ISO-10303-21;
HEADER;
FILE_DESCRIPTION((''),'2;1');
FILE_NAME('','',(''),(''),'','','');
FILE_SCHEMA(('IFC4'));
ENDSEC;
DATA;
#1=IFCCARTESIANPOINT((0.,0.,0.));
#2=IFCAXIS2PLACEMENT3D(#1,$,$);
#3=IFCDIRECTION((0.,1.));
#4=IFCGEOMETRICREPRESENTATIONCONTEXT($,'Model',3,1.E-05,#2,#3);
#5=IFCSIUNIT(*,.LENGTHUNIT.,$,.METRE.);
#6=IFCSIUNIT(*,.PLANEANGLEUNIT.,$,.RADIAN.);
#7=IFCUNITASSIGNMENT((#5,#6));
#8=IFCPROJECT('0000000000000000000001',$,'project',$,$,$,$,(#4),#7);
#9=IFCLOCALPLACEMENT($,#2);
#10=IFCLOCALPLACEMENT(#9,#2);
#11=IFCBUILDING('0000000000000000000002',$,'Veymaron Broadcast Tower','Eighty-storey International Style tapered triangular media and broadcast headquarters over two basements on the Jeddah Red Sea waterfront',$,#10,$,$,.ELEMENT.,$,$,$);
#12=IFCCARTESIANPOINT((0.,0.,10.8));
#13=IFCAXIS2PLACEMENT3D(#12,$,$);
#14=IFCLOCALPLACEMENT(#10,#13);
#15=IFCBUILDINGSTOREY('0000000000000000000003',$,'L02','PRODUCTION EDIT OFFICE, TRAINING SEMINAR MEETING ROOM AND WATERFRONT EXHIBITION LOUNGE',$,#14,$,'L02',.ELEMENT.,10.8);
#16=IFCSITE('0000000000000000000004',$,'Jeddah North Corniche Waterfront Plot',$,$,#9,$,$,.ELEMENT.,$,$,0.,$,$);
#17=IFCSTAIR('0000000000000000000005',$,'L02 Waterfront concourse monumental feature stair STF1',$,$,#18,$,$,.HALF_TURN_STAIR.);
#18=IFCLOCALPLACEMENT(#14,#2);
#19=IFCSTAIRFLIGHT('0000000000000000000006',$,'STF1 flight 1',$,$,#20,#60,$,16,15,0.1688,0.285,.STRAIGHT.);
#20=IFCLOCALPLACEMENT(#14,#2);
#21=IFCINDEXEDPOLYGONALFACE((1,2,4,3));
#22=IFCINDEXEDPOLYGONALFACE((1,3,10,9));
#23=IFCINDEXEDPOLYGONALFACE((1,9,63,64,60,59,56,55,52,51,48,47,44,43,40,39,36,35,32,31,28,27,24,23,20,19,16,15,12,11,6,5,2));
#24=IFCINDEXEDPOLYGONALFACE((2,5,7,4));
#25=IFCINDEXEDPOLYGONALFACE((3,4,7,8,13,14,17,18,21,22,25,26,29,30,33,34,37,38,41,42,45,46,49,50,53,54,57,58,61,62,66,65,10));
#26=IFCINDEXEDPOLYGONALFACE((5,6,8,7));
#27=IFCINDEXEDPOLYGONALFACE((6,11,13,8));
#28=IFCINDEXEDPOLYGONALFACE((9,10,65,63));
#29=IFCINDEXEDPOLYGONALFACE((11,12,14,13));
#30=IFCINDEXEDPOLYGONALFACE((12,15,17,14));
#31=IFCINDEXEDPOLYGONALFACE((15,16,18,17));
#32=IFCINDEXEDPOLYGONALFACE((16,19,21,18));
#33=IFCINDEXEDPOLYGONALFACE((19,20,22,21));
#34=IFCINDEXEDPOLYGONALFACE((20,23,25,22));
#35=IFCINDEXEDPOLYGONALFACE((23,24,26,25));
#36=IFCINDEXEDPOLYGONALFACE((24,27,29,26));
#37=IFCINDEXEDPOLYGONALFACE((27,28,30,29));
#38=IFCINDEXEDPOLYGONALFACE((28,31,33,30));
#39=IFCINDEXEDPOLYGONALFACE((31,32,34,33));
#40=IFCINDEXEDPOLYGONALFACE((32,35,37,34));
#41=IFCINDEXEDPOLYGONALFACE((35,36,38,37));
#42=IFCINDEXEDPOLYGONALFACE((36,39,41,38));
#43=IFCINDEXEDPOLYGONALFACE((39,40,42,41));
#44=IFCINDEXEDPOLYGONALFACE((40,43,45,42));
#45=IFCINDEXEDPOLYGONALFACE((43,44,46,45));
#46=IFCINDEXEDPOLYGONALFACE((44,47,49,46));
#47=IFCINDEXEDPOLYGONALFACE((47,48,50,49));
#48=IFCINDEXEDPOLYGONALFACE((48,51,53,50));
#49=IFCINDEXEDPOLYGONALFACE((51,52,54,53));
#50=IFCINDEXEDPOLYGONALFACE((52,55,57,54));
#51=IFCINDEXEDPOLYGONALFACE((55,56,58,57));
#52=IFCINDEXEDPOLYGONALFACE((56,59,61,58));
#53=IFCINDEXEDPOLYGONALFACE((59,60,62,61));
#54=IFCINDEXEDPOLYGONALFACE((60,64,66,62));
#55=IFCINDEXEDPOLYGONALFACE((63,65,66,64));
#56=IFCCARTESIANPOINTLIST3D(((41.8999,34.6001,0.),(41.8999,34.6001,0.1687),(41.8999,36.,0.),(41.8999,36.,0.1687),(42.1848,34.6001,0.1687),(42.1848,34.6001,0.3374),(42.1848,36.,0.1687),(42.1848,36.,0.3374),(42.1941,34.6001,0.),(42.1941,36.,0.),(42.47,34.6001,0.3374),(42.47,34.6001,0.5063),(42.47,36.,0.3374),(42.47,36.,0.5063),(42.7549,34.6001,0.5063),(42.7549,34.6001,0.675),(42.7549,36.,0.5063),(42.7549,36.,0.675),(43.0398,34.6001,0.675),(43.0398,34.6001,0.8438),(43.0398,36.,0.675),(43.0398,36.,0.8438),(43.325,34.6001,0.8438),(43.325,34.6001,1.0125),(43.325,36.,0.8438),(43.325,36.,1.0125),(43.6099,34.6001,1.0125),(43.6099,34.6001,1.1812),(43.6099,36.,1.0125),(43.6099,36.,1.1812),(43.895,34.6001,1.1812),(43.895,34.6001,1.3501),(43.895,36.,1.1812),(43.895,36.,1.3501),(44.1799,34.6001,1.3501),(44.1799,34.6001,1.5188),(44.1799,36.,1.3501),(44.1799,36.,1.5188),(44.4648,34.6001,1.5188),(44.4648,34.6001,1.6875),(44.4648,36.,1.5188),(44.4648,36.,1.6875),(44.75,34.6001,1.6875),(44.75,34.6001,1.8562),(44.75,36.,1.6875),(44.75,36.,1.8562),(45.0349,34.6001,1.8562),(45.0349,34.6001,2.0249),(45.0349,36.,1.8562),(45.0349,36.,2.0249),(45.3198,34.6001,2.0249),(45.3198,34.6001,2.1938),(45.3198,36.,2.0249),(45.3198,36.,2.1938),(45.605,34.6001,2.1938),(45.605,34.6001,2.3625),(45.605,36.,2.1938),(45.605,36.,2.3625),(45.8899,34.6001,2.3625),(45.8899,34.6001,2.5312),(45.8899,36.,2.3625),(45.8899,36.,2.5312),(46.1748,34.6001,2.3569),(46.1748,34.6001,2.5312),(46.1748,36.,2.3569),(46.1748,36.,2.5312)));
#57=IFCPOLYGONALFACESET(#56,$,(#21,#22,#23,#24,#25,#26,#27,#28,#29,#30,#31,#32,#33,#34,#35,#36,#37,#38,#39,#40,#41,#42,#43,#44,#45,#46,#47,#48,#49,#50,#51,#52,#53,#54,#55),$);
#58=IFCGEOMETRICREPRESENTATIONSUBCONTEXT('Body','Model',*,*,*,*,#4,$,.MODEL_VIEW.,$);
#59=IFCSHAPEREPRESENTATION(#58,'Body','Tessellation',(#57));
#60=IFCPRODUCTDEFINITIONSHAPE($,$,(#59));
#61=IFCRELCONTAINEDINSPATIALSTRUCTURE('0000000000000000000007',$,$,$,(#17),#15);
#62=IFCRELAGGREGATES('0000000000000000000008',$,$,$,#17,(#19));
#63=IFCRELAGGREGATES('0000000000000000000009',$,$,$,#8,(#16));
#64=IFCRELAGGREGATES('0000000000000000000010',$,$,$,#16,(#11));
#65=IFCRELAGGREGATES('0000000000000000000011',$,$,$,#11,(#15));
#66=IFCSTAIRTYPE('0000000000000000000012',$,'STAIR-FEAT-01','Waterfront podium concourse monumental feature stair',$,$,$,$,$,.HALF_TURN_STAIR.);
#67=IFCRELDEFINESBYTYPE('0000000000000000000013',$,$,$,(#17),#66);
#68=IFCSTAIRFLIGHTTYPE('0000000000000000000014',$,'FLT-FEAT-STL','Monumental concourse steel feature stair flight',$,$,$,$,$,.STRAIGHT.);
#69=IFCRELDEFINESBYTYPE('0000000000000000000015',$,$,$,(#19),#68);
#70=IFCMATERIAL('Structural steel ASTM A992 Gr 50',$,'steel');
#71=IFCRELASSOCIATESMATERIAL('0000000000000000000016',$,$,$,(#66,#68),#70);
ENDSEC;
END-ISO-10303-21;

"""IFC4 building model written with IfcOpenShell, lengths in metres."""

from ifc_helpers import new_model, si_unit, direction, frame, origin, place, context, subcontext, project, spatial, polyline, outline, extrude, material, type_object, element, aggregate, save


model = new_model("IFC4")

# Units and contexts
model_context = context("Model", 3, precision=1e-05, world=origin(), true_north=direction((0.0, 1.0)))
body_context = subcontext(model_context, "Body", "Model", "MODEL_VIEW")
ifc_project = project(units=[si_unit("LENGTHUNIT", "METRE"), si_unit("PLANEANGLEUNIT", "RADIAN")], contexts=[model_context])

# Site, building, storey
site_placement = place(None, origin())
site = spatial("IfcSite", under=ifc_project, at=site_placement, Name="Jeddah North Corniche Waterfront Plot", CompositionType="ELEMENT", RefElevation=0.0)
building_placement = place(site_placement, origin())
building = spatial("IfcBuilding", under=site, at=building_placement, Name="Veymaron Broadcast Tower", Description="Eighty-storey International Style tapered triangular media and broadcast headquarters over two basements on the Jeddah Red Sea waterfront", CompositionType="ELEMENT")
storey_placement = place(building_placement, frame((0.0, 0.0, 10.8)))
storey = spatial("IfcBuildingStorey", under=building, at=storey_placement, Name="L02", Description="PRODUCTION EDIT OFFICE, TRAINING SEMINAR MEETING ROOM AND WATERFRONT EXHIBITION LOUNGE", LongName="L02", CompositionType="ELEMENT", Elevation=10.8)

# Shared definitions
ifc_material_1 = material(Name="Structural steel ASTM A992 Gr 50", Category="steel")

# Stair, stair flight
stair_type_1 = type_object("IfcStairType", Name="STAIR-FEAT-01", Description="Waterfront podium concourse monumental feature stair", PredefinedType="HALF_TURN_STAIR", material=ifc_material_1)
stair_1_placement = place(storey_placement, origin())
stair_1 = element("IfcStair", 1, at=stair_1_placement, inside=storey, type_object=stair_type_1, Name="L02 Waterfront concourse monumental feature stair STF1", PredefinedType="HALF_TURN_STAIR")
stair_flight_type_1 = type_object("IfcStairFlightType", Name="FLT-FEAT-STL", Description="Monumental concourse steel feature stair flight", PredefinedType="STRAIGHT", material=ifc_material_1)
stair_flight_1_placement = place(storey_placement, frame((41.8999, 35.3, 0.0), z_axis=(0.0, 0.0, 1.0), x_axis=(1.0, 0.0, 0.0)))
stair_flight_1 = element("IfcStairFlight", 2, at=stair_flight_1_placement, type_object=stair_flight_type_1, Name="STF1 flight 1", NumberOfRisers=16, NumberOfTreads=15, PredefinedType="STRAIGHT", RiserHeight=0.1688, TreadLength=0.285, context=body_context, shape_type="SweptSolid", body=[
    extrude(outline(polyline([(0.0, 0.0), (0.0, 0.1687), (0.2849, 0.1687), (0.2849, 0.3374), (0.5701, 0.3374), (0.5701, 0.5063), (0.855, 0.5063), (0.855, 0.675), (1.1399, 0.675), (1.1399, 0.8438), (1.425, 0.8438), (1.425, 1.0125), (1.71, 1.0125), (1.71, 1.1812), (1.9951, 1.1812), (1.9951, 1.3501), (2.28, 1.3501), (2.28, 1.5188), (2.5649, 1.5188), (2.5649, 1.6875), (2.8501, 1.6875), (2.8501, 1.8562), (3.135, 1.8562), (3.135, 2.0249), (3.4199, 2.0249), (3.4199, 2.1938), (3.7051, 2.1938), (3.7051, 2.3625), (3.99, 2.3625), (3.99, 2.5312), (4.2749, 2.5312), (4.2749, 2.7), (4.2749, 2.3569), (0.2942, 0.0), (0.0, 0.0)])), frame((0.0, 0.7, 0.0), z_axis=(0.0, -1.0, 0.0), x_axis=(1.0, 0.0, 0.0)), (0.0, 0.0, 1.0), 1.3999),
])
aggregate(stair_1, [stair_flight_1])

save(model, "model.ifc")
